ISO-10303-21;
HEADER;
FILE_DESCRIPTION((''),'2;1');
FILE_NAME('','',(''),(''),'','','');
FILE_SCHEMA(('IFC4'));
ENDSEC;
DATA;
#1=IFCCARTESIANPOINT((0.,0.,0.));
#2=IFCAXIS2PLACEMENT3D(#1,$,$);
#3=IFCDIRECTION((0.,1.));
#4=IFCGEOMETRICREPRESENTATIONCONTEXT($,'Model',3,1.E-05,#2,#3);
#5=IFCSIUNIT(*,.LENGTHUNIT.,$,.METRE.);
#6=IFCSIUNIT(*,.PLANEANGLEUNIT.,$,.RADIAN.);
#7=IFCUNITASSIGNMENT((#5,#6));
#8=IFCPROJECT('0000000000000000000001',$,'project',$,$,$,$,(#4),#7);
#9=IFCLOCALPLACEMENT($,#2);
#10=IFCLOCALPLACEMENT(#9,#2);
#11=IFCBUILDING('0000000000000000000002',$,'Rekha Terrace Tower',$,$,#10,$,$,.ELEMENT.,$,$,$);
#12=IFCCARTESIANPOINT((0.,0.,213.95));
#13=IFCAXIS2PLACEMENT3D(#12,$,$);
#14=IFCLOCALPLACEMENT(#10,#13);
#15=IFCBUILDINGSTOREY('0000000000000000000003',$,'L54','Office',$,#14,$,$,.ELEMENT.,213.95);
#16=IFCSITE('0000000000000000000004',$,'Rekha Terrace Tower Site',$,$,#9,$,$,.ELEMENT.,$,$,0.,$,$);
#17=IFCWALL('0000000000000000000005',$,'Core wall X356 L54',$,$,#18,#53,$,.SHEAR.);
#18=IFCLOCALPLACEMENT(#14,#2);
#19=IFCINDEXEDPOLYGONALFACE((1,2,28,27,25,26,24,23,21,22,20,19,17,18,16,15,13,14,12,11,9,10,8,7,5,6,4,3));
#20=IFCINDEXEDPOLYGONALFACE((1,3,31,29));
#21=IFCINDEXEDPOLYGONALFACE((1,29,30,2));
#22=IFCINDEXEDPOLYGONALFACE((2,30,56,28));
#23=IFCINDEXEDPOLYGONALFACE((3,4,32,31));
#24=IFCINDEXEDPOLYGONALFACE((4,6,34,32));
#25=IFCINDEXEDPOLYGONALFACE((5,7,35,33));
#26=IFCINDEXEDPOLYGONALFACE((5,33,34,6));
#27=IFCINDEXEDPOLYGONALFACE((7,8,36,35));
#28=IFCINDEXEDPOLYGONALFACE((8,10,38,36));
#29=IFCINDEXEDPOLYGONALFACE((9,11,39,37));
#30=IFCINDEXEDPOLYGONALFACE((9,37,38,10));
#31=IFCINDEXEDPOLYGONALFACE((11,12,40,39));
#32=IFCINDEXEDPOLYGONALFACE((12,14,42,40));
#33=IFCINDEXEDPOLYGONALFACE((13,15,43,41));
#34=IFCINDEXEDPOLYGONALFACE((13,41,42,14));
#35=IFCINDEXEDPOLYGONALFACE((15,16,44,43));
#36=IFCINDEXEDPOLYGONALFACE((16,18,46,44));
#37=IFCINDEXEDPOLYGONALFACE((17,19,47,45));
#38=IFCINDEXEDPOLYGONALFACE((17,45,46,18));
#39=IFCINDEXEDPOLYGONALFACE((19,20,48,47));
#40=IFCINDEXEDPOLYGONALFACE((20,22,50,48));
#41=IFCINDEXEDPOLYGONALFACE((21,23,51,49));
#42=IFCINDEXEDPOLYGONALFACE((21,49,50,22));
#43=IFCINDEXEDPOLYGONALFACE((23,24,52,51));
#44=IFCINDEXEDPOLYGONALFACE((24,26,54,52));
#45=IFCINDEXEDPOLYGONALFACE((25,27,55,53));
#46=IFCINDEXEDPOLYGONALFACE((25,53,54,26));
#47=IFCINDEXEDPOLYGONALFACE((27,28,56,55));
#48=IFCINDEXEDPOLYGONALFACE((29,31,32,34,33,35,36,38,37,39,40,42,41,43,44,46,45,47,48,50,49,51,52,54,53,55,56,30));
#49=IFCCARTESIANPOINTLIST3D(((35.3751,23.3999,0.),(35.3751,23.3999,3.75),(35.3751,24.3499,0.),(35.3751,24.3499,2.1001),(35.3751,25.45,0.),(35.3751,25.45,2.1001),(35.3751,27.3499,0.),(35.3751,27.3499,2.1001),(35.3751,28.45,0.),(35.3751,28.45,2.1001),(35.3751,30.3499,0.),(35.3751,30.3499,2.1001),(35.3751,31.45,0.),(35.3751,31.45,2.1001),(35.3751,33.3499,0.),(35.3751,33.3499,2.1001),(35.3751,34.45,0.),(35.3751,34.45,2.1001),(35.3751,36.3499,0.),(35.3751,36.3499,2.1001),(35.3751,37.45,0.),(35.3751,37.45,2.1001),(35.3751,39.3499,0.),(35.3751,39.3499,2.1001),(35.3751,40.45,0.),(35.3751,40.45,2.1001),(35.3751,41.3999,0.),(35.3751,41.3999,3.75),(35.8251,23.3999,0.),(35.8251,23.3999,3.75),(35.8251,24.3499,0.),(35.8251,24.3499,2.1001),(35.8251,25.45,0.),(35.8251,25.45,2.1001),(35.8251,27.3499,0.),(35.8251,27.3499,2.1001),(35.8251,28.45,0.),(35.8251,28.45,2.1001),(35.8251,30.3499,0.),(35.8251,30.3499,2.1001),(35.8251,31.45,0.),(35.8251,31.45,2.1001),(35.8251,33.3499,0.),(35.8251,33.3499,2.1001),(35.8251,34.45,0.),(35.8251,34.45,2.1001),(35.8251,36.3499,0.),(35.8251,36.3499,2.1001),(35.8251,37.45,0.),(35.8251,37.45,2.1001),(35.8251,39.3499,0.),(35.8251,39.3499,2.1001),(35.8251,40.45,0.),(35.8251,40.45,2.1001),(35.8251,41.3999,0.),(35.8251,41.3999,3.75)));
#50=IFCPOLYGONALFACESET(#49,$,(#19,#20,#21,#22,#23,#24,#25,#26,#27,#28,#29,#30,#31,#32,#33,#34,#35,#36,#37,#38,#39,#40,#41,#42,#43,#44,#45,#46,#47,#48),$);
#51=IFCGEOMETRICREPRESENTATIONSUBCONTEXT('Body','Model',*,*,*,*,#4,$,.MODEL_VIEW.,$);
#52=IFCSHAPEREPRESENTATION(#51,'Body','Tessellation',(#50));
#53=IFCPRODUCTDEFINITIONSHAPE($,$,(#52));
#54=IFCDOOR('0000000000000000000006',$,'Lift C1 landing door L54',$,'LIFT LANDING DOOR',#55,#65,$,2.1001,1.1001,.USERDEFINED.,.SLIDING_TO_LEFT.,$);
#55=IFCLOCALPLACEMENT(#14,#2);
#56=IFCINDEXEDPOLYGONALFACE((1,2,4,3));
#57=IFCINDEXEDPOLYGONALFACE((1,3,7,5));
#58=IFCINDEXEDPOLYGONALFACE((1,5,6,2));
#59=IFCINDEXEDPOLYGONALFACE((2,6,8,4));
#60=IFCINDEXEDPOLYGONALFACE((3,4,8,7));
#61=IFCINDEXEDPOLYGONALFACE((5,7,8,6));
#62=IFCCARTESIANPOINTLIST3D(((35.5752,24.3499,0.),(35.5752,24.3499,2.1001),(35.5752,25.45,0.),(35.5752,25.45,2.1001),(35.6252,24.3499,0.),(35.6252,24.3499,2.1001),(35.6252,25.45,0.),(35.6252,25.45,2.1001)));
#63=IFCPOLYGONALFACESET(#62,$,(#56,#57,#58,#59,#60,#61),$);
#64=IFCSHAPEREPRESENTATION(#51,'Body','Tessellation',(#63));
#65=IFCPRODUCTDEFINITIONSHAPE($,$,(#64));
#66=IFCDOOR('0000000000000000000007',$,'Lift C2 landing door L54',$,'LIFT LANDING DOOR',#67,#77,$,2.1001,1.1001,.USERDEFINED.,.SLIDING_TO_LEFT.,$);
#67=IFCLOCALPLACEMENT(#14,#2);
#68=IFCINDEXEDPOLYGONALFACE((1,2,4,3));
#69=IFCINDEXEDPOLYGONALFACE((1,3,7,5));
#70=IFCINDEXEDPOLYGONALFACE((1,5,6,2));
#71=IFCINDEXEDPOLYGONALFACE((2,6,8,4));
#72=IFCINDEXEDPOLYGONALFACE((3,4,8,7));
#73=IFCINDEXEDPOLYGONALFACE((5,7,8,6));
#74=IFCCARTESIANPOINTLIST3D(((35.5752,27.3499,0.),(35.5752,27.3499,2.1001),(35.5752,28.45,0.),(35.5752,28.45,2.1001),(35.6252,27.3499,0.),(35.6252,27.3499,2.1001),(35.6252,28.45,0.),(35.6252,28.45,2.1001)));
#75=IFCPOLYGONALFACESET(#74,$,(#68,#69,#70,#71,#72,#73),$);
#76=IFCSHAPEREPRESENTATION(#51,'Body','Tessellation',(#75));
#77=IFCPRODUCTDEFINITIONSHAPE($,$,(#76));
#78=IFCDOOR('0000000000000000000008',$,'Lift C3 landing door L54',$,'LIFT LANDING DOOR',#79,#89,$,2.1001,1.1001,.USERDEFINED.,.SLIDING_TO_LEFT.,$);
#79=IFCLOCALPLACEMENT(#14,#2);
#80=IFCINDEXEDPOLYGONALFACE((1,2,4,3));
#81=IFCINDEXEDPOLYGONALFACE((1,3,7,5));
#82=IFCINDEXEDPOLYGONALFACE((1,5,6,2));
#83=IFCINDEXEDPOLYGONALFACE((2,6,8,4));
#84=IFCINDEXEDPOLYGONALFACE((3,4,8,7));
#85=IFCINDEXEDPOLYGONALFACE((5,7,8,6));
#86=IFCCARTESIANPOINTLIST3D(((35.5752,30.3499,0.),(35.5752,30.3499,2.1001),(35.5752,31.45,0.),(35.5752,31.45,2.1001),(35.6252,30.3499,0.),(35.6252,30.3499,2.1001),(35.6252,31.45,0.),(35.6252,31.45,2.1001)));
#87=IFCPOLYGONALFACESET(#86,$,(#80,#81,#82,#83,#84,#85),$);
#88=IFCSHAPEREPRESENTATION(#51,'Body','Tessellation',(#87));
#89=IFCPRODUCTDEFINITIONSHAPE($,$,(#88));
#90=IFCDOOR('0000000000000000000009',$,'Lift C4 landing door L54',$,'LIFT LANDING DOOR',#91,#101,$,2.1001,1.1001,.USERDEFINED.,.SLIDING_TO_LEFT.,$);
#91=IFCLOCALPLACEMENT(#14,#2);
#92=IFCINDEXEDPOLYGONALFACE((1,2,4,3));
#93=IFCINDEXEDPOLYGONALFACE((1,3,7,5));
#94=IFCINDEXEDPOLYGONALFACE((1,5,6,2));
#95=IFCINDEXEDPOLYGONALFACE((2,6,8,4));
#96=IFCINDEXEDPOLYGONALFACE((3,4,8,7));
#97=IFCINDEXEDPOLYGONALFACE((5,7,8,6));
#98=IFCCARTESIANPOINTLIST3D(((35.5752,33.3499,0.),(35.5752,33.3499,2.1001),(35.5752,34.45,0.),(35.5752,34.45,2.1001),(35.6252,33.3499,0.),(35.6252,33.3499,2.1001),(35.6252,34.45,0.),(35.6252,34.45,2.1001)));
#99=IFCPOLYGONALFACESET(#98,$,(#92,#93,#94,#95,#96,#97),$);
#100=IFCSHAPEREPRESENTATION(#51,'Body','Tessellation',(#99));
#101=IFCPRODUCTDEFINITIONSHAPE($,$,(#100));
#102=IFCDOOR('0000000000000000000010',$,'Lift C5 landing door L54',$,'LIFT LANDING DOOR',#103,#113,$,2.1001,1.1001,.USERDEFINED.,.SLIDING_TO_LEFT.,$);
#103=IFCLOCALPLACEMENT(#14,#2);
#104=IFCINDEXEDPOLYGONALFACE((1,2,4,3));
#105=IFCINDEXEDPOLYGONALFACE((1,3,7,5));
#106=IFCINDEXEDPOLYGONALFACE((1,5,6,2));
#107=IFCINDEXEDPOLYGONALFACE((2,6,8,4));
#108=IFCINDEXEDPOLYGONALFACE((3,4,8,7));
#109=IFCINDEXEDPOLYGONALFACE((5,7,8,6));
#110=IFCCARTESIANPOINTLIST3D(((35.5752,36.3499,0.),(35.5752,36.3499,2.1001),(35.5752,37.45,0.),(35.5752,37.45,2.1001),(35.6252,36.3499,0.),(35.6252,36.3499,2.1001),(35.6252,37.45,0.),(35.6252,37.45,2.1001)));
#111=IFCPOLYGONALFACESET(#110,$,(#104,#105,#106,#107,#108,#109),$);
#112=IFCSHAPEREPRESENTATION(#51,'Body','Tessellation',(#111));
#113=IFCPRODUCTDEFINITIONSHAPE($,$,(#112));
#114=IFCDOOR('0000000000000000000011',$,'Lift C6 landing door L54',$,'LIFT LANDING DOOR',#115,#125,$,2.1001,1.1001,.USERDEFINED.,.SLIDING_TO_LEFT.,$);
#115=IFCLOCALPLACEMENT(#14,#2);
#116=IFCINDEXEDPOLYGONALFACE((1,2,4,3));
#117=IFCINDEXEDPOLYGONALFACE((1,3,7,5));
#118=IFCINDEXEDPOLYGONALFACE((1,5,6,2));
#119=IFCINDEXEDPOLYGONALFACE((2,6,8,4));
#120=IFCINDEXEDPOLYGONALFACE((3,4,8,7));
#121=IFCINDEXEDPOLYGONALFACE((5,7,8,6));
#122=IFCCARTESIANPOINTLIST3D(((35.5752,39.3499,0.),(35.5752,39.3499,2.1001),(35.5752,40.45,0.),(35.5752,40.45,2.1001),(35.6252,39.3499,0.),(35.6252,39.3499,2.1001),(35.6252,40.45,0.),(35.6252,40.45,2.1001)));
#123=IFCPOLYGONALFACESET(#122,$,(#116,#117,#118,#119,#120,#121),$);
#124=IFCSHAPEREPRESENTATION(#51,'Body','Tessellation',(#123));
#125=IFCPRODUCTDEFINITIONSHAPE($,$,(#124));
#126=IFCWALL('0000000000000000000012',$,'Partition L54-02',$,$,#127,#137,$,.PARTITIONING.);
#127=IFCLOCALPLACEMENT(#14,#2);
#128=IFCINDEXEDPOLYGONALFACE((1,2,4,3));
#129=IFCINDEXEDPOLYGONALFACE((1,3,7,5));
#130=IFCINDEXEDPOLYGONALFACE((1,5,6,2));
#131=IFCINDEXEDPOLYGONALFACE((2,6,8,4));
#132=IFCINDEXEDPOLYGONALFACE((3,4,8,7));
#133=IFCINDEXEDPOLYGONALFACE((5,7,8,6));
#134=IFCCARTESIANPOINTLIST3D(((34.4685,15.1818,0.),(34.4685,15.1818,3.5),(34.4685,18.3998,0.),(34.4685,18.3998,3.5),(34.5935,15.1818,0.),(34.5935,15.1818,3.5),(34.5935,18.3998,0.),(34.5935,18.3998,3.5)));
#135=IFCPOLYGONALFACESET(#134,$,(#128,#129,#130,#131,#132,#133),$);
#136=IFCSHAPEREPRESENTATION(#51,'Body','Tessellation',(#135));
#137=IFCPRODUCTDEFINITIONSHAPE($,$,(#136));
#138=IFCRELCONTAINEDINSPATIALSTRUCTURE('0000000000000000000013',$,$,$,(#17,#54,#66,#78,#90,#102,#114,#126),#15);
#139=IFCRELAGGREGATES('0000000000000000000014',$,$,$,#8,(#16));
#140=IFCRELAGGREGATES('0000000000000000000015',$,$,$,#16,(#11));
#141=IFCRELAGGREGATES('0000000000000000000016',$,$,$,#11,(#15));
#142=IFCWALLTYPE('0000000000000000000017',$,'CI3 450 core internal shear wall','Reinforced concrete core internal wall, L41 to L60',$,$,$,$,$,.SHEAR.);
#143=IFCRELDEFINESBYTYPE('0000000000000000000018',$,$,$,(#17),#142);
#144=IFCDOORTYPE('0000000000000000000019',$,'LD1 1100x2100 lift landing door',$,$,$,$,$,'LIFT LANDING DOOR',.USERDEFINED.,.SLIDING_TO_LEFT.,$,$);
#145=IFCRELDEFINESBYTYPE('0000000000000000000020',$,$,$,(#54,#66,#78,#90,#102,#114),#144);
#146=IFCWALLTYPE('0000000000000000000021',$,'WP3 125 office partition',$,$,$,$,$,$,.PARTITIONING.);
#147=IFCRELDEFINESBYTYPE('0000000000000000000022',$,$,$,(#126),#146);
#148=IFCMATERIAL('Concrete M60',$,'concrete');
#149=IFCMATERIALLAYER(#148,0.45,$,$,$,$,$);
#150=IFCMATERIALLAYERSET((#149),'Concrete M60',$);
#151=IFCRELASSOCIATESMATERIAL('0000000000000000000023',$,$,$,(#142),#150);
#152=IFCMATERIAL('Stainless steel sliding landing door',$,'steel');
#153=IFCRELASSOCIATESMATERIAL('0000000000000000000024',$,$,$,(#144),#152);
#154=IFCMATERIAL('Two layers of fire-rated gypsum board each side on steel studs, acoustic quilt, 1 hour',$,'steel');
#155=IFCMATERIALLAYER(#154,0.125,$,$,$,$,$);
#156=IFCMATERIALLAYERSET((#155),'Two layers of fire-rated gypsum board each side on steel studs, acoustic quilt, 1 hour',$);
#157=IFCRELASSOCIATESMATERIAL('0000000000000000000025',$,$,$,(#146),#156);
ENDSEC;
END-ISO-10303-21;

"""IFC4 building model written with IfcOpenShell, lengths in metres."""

from ifc_helpers import new_model, si_unit, direction, frame, frame_2d, origin, place, context, subcontext, project, spatial, rectangle, extrude, material, layer, layer_set, type_object, element, fill, save


model = new_model("IFC4")

# Units and contexts
model_context = context("Model", 3, precision=1e-05, world=origin(), true_north=direction((0.0, 1.0)))
body_context = subcontext(model_context, "Body", "Model", "MODEL_VIEW")
ifc_project = project(units=[si_unit("LENGTHUNIT", "METRE"), si_unit("PLANEANGLEUNIT", "RADIAN")], contexts=[model_context])

# Site, building, storey
site_placement = place(None, origin())
site = spatial("IfcSite", under=ifc_project, at=site_placement, Name="Rekha Terrace Tower Site", CompositionType="ELEMENT", RefElevation=0.0)
building_placement = place(site_placement, origin())
building = spatial("IfcBuilding", under=site, at=building_placement, Name="Rekha Terrace Tower", CompositionType="ELEMENT")
storey_placement = place(building_placement, frame((0.0, 0.0, 213.95)))
storey = spatial("IfcBuildingStorey", under=building, at=storey_placement, Name="L54", Description="Office", CompositionType="ELEMENT", Elevation=213.95)

# Shared definitions
ifc_material_1 = material(Name="Concrete M60", Category="concrete")

# Wall, openings, doors
ifc_layer_1 = layer(ifc_material_1, 0.45)
ifc_layer_set_1 = layer_set([ifc_layer_1], Name="Concrete M60")
wall_type_1 = type_object("IfcWallType", Name="CI3 450 core internal shear wall", Description="Reinforced concrete core internal wall, L41 to L60", PredefinedType="SHEAR", material=ifc_layer_set_1)
wall_1_placement = place(storey_placement, frame((35.6001, 23.3999, 0.0), z_axis=(0.0, 0.0, 1.0), x_axis=(0.0, 1.0, 0.0)))
wall_1 = element("IfcWall", 1, at=wall_1_placement, inside=storey, type_object=wall_type_1, Name="Core wall X356 L54", PredefinedType="SHEAR", context=body_context, shape_type="SweptSolid", body=[
    extrude(rectangle(XDim=18.0, YDim=0.45, at=frame_2d((9.0, 0.0))), origin(), (0.0, 0.0, 1.0), 3.75),
])
opening_1_placement = place(wall_1_placement, frame((0.95, 0.0, 0.0)))
opening_1 = element("IfcOpeningElement", 2, at=opening_1_placement, cuts=wall_1, PredefinedType="OPENING", context=body_context, shape_type="SweptSolid", body=[
    extrude(rectangle(XDim=1.1001, YDim=2.1001, at=frame_2d((0.55, 1.05))), frame((0.0, 0.2349, 0.0), z_axis=(0.0, -1.0, 0.0), x_axis=(1.0, 0.0, 0.0)), (0.0, 0.0, 1.0), 0.47),
])
opening_2_placement = place(wall_1_placement, frame((3.95, 0.0, 0.0)))
opening_2 = element("IfcOpeningElement", 3, at=opening_2_placement, cuts=wall_1, PredefinedType="OPENING", context=body_context, shape_type="SweptSolid", body=[
    extrude(rectangle(XDim=1.1001, YDim=2.1001, at=frame_2d((0.55, 1.05))), frame((0.0, 0.2349, 0.0), z_axis=(0.0, -1.0, 0.0), x_axis=(1.0, 0.0, 0.0)), (0.0, 0.0, 1.0), 0.47),
])
opening_3_placement = place(wall_1_placement, frame((6.95, 0.0, 0.0)))
opening_3 = element("IfcOpeningElement", 4, at=opening_3_placement, cuts=wall_1, PredefinedType="OPENING", context=body_context, shape_type="SweptSolid", body=[
    extrude(rectangle(XDim=1.1001, YDim=2.1001, at=frame_2d((0.55, 1.05))), frame((0.0, 0.2349, 0.0), z_axis=(0.0, -1.0, 0.0), x_axis=(1.0, 0.0, 0.0)), (0.0, 0.0, 1.0), 0.47),
])
opening_4_placement = place(wall_1_placement, frame((9.95, 0.0, 0.0)))
opening_4 = element("IfcOpeningElement", 5, at=opening_4_placement, cuts=wall_1, PredefinedType="OPENING", context=body_context, shape_type="SweptSolid", body=[
    extrude(rectangle(XDim=1.1001, YDim=2.1001, at=frame_2d((0.55, 1.05))), frame((0.0, 0.2349, 0.0), z_axis=(0.0, -1.0, 0.0), x_axis=(1.0, 0.0, 0.0)), (0.0, 0.0, 1.0), 0.47),
])
opening_5_placement = place(wall_1_placement, frame((12.95, 0.0, 0.0)))
opening_5 = element("IfcOpeningElement", 6, at=opening_5_placement, cuts=wall_1, PredefinedType="OPENING", context=body_context, shape_type="SweptSolid", body=[
    extrude(rectangle(XDim=1.1001, YDim=2.1001, at=frame_2d((0.55, 1.05))), frame((0.0, 0.2349, 0.0), z_axis=(0.0, -1.0, 0.0), x_axis=(1.0, 0.0, 0.0)), (0.0, 0.0, 1.0), 0.47),
])
opening_6_placement = place(wall_1_placement, frame((15.95, 0.0, 0.0)))
opening_6 = element("IfcOpeningElement", 7, at=opening_6_placement, cuts=wall_1, PredefinedType="OPENING", context=body_context, shape_type="SweptSolid", body=[
    extrude(rectangle(XDim=1.1001, YDim=2.1001, at=frame_2d((0.55, 1.05))), frame((0.0, 0.2349, 0.0), z_axis=(0.0, -1.0, 0.0), x_axis=(1.0, 0.0, 0.0)), (0.0, 0.0, 1.0), 0.47),
])
ifc_material_2 = material(Name="Stainless steel sliding landing door", Category="steel")
door_type_1 = type_object("IfcDoorType", Name="LD1 1100x2100 lift landing door", ElementType="LIFT LANDING DOOR", OperationType="SLIDING_TO_LEFT", PredefinedType="USERDEFINED", material=ifc_material_2)
door_1_placement = place(opening_1_placement, origin())
door_1 = element("IfcDoor", 8, at=door_1_placement, inside=storey, type_object=door_type_1, Name="Lift C1 landing door L54", ObjectType="LIFT LANDING DOOR", OperationType="SLIDING_TO_LEFT", OverallHeight=2.1001, OverallWidth=1.1001, PredefinedType="USERDEFINED", context=body_context, shape_type="SweptSolid", body=[
    extrude(rectangle(XDim=1.1001, YDim=2.1001, at=frame_2d((0.55, 1.05))), frame((0.0, 0.0249, 0.0), z_axis=(0.0, -1.0, 0.0), x_axis=(1.0, 0.0, 0.0)), (0.0, 0.0, 1.0), 0.05),
])
fill(opening_1, door_1)
door_2_placement = place(opening_2_placement, origin())
door_2 = element("IfcDoor", 9, at=door_2_placement, inside=storey, type_object=door_type_1, Name="Lift C2 landing door L54", ObjectType="LIFT LANDING DOOR", OperationType="SLIDING_TO_LEFT", OverallHeight=2.1001, OverallWidth=1.1001, PredefinedType="USERDEFINED", context=body_context, shape_type="SweptSolid", body=[
    extrude(rectangle(XDim=1.1001, YDim=2.1001, at=frame_2d((0.55, 1.05))), frame((0.0, 0.0249, 0.0), z_axis=(0.0, -1.0, 0.0), x_axis=(1.0, 0.0, 0.0)), (0.0, 0.0, 1.0), 0.05),
])
fill(opening_2, door_2)
door_3_placement = place(opening_3_placement, origin())
door_3 = element("IfcDoor", 10, at=door_3_placement, inside=storey, type_object=door_type_1, Name="Lift C3 landing door L54", ObjectType="LIFT LANDING DOOR", OperationType="SLIDING_TO_LEFT", OverallHeight=2.1001, OverallWidth=1.1001, PredefinedType="USERDEFINED", context=body_context, shape_type="SweptSolid", body=[
    extrude(rectangle(XDim=1.1001, YDim=2.1001, at=frame_2d((0.55, 1.05))), frame((0.0, 0.0249, 0.0), z_axis=(0.0, -1.0, 0.0), x_axis=(1.0, 0.0, 0.0)), (0.0, 0.0, 1.0), 0.05),
])
fill(opening_3, door_3)
door_4_placement = place(opening_4_placement, origin())
door_4 = element("IfcDoor", 11, at=door_4_placement, inside=storey, type_object=door_type_1, Name="Lift C4 landing door L54", ObjectType="LIFT LANDING DOOR", OperationType="SLIDING_TO_LEFT", OverallHeight=2.1001, OverallWidth=1.1001, PredefinedType="USERDEFINED", context=body_context, shape_type="SweptSolid", body=[
    extrude(rectangle(XDim=1.1001, YDim=2.1001, at=frame_2d((0.55, 1.05))), frame((0.0, 0.0249, 0.0), z_axis=(0.0, -1.0, 0.0), x_axis=(1.0, 0.0, 0.0)), (0.0, 0.0, 1.0), 0.05),
])
fill(opening_4, door_4)
door_5_placement = place(opening_5_placement, origin())
door_5 = element("IfcDoor", 12, at=door_5_placement, inside=storey, type_object=door_type_1, Name="Lift C5 landing door L54", ObjectType="LIFT LANDING DOOR", OperationType="SLIDING_TO_LEFT", OverallHeight=2.1001, OverallWidth=1.1001, PredefinedType="USERDEFINED", context=body_context, shape_type="SweptSolid", body=[
    extrude(rectangle(XDim=1.1001, YDim=2.1001, at=frame_2d((0.55, 1.05))), frame((0.0, 0.0249, 0.0), z_axis=(0.0, -1.0, 0.0), x_axis=(1.0, 0.0, 0.0)), (0.0, 0.0, 1.0), 0.05),
])
fill(opening_5, door_5)
door_6_placement = place(opening_6_placement, origin())
door_6 = element("IfcDoor", 13, at=door_6_placement, inside=storey, type_object=door_type_1, Name="Lift C6 landing door L54", ObjectType="LIFT LANDING DOOR", OperationType="SLIDING_TO_LEFT", OverallHeight=2.1001, OverallWidth=1.1001, PredefinedType="USERDEFINED", context=body_context, shape_type="SweptSolid", body=[
    extrude(rectangle(XDim=1.1001, YDim=2.1001, at=frame_2d((0.55, 1.05))), frame((0.0, 0.0249, 0.0), z_axis=(0.0, -1.0, 0.0), x_axis=(1.0, 0.0, 0.0)), (0.0, 0.0, 1.0), 0.05),
])
fill(opening_6, door_6)

# Wall
ifc_material_3 = material(Name="Two layers of fire-rated gypsum board each side on steel studs, acoustic quilt, 1 hour", Category="steel")
ifc_layer_2 = layer(ifc_material_3, 0.125)
ifc_layer_set_2 = layer_set([ifc_layer_2], Name="Two layers of fire-rated gypsum board each side on steel studs, acoustic quilt, 1 hour")
wall_type_2 = type_object("IfcWallType", Name="WP3 125 office partition", PredefinedType="PARTITIONING", material=ifc_layer_set_2)
wall_2_placement = place(storey_placement, frame((34.531, 15.1819, 0.0), z_axis=(0.0, 0.0, 1.0), x_axis=(0.0, 1.0, 0.0)))
element("IfcWall", 14, at=wall_2_placement, inside=storey, type_object=wall_type_2, Name="Partition L54-02", PredefinedType="PARTITIONING", context=body_context, shape_type="SweptSolid", body=[
    extrude(rectangle(XDim=3.218, YDim=0.125, at=frame_2d((1.6089, 0.0))), origin(), (0.0, 0.0, 1.0), 3.5),
])

save(model, "model.ifc")
